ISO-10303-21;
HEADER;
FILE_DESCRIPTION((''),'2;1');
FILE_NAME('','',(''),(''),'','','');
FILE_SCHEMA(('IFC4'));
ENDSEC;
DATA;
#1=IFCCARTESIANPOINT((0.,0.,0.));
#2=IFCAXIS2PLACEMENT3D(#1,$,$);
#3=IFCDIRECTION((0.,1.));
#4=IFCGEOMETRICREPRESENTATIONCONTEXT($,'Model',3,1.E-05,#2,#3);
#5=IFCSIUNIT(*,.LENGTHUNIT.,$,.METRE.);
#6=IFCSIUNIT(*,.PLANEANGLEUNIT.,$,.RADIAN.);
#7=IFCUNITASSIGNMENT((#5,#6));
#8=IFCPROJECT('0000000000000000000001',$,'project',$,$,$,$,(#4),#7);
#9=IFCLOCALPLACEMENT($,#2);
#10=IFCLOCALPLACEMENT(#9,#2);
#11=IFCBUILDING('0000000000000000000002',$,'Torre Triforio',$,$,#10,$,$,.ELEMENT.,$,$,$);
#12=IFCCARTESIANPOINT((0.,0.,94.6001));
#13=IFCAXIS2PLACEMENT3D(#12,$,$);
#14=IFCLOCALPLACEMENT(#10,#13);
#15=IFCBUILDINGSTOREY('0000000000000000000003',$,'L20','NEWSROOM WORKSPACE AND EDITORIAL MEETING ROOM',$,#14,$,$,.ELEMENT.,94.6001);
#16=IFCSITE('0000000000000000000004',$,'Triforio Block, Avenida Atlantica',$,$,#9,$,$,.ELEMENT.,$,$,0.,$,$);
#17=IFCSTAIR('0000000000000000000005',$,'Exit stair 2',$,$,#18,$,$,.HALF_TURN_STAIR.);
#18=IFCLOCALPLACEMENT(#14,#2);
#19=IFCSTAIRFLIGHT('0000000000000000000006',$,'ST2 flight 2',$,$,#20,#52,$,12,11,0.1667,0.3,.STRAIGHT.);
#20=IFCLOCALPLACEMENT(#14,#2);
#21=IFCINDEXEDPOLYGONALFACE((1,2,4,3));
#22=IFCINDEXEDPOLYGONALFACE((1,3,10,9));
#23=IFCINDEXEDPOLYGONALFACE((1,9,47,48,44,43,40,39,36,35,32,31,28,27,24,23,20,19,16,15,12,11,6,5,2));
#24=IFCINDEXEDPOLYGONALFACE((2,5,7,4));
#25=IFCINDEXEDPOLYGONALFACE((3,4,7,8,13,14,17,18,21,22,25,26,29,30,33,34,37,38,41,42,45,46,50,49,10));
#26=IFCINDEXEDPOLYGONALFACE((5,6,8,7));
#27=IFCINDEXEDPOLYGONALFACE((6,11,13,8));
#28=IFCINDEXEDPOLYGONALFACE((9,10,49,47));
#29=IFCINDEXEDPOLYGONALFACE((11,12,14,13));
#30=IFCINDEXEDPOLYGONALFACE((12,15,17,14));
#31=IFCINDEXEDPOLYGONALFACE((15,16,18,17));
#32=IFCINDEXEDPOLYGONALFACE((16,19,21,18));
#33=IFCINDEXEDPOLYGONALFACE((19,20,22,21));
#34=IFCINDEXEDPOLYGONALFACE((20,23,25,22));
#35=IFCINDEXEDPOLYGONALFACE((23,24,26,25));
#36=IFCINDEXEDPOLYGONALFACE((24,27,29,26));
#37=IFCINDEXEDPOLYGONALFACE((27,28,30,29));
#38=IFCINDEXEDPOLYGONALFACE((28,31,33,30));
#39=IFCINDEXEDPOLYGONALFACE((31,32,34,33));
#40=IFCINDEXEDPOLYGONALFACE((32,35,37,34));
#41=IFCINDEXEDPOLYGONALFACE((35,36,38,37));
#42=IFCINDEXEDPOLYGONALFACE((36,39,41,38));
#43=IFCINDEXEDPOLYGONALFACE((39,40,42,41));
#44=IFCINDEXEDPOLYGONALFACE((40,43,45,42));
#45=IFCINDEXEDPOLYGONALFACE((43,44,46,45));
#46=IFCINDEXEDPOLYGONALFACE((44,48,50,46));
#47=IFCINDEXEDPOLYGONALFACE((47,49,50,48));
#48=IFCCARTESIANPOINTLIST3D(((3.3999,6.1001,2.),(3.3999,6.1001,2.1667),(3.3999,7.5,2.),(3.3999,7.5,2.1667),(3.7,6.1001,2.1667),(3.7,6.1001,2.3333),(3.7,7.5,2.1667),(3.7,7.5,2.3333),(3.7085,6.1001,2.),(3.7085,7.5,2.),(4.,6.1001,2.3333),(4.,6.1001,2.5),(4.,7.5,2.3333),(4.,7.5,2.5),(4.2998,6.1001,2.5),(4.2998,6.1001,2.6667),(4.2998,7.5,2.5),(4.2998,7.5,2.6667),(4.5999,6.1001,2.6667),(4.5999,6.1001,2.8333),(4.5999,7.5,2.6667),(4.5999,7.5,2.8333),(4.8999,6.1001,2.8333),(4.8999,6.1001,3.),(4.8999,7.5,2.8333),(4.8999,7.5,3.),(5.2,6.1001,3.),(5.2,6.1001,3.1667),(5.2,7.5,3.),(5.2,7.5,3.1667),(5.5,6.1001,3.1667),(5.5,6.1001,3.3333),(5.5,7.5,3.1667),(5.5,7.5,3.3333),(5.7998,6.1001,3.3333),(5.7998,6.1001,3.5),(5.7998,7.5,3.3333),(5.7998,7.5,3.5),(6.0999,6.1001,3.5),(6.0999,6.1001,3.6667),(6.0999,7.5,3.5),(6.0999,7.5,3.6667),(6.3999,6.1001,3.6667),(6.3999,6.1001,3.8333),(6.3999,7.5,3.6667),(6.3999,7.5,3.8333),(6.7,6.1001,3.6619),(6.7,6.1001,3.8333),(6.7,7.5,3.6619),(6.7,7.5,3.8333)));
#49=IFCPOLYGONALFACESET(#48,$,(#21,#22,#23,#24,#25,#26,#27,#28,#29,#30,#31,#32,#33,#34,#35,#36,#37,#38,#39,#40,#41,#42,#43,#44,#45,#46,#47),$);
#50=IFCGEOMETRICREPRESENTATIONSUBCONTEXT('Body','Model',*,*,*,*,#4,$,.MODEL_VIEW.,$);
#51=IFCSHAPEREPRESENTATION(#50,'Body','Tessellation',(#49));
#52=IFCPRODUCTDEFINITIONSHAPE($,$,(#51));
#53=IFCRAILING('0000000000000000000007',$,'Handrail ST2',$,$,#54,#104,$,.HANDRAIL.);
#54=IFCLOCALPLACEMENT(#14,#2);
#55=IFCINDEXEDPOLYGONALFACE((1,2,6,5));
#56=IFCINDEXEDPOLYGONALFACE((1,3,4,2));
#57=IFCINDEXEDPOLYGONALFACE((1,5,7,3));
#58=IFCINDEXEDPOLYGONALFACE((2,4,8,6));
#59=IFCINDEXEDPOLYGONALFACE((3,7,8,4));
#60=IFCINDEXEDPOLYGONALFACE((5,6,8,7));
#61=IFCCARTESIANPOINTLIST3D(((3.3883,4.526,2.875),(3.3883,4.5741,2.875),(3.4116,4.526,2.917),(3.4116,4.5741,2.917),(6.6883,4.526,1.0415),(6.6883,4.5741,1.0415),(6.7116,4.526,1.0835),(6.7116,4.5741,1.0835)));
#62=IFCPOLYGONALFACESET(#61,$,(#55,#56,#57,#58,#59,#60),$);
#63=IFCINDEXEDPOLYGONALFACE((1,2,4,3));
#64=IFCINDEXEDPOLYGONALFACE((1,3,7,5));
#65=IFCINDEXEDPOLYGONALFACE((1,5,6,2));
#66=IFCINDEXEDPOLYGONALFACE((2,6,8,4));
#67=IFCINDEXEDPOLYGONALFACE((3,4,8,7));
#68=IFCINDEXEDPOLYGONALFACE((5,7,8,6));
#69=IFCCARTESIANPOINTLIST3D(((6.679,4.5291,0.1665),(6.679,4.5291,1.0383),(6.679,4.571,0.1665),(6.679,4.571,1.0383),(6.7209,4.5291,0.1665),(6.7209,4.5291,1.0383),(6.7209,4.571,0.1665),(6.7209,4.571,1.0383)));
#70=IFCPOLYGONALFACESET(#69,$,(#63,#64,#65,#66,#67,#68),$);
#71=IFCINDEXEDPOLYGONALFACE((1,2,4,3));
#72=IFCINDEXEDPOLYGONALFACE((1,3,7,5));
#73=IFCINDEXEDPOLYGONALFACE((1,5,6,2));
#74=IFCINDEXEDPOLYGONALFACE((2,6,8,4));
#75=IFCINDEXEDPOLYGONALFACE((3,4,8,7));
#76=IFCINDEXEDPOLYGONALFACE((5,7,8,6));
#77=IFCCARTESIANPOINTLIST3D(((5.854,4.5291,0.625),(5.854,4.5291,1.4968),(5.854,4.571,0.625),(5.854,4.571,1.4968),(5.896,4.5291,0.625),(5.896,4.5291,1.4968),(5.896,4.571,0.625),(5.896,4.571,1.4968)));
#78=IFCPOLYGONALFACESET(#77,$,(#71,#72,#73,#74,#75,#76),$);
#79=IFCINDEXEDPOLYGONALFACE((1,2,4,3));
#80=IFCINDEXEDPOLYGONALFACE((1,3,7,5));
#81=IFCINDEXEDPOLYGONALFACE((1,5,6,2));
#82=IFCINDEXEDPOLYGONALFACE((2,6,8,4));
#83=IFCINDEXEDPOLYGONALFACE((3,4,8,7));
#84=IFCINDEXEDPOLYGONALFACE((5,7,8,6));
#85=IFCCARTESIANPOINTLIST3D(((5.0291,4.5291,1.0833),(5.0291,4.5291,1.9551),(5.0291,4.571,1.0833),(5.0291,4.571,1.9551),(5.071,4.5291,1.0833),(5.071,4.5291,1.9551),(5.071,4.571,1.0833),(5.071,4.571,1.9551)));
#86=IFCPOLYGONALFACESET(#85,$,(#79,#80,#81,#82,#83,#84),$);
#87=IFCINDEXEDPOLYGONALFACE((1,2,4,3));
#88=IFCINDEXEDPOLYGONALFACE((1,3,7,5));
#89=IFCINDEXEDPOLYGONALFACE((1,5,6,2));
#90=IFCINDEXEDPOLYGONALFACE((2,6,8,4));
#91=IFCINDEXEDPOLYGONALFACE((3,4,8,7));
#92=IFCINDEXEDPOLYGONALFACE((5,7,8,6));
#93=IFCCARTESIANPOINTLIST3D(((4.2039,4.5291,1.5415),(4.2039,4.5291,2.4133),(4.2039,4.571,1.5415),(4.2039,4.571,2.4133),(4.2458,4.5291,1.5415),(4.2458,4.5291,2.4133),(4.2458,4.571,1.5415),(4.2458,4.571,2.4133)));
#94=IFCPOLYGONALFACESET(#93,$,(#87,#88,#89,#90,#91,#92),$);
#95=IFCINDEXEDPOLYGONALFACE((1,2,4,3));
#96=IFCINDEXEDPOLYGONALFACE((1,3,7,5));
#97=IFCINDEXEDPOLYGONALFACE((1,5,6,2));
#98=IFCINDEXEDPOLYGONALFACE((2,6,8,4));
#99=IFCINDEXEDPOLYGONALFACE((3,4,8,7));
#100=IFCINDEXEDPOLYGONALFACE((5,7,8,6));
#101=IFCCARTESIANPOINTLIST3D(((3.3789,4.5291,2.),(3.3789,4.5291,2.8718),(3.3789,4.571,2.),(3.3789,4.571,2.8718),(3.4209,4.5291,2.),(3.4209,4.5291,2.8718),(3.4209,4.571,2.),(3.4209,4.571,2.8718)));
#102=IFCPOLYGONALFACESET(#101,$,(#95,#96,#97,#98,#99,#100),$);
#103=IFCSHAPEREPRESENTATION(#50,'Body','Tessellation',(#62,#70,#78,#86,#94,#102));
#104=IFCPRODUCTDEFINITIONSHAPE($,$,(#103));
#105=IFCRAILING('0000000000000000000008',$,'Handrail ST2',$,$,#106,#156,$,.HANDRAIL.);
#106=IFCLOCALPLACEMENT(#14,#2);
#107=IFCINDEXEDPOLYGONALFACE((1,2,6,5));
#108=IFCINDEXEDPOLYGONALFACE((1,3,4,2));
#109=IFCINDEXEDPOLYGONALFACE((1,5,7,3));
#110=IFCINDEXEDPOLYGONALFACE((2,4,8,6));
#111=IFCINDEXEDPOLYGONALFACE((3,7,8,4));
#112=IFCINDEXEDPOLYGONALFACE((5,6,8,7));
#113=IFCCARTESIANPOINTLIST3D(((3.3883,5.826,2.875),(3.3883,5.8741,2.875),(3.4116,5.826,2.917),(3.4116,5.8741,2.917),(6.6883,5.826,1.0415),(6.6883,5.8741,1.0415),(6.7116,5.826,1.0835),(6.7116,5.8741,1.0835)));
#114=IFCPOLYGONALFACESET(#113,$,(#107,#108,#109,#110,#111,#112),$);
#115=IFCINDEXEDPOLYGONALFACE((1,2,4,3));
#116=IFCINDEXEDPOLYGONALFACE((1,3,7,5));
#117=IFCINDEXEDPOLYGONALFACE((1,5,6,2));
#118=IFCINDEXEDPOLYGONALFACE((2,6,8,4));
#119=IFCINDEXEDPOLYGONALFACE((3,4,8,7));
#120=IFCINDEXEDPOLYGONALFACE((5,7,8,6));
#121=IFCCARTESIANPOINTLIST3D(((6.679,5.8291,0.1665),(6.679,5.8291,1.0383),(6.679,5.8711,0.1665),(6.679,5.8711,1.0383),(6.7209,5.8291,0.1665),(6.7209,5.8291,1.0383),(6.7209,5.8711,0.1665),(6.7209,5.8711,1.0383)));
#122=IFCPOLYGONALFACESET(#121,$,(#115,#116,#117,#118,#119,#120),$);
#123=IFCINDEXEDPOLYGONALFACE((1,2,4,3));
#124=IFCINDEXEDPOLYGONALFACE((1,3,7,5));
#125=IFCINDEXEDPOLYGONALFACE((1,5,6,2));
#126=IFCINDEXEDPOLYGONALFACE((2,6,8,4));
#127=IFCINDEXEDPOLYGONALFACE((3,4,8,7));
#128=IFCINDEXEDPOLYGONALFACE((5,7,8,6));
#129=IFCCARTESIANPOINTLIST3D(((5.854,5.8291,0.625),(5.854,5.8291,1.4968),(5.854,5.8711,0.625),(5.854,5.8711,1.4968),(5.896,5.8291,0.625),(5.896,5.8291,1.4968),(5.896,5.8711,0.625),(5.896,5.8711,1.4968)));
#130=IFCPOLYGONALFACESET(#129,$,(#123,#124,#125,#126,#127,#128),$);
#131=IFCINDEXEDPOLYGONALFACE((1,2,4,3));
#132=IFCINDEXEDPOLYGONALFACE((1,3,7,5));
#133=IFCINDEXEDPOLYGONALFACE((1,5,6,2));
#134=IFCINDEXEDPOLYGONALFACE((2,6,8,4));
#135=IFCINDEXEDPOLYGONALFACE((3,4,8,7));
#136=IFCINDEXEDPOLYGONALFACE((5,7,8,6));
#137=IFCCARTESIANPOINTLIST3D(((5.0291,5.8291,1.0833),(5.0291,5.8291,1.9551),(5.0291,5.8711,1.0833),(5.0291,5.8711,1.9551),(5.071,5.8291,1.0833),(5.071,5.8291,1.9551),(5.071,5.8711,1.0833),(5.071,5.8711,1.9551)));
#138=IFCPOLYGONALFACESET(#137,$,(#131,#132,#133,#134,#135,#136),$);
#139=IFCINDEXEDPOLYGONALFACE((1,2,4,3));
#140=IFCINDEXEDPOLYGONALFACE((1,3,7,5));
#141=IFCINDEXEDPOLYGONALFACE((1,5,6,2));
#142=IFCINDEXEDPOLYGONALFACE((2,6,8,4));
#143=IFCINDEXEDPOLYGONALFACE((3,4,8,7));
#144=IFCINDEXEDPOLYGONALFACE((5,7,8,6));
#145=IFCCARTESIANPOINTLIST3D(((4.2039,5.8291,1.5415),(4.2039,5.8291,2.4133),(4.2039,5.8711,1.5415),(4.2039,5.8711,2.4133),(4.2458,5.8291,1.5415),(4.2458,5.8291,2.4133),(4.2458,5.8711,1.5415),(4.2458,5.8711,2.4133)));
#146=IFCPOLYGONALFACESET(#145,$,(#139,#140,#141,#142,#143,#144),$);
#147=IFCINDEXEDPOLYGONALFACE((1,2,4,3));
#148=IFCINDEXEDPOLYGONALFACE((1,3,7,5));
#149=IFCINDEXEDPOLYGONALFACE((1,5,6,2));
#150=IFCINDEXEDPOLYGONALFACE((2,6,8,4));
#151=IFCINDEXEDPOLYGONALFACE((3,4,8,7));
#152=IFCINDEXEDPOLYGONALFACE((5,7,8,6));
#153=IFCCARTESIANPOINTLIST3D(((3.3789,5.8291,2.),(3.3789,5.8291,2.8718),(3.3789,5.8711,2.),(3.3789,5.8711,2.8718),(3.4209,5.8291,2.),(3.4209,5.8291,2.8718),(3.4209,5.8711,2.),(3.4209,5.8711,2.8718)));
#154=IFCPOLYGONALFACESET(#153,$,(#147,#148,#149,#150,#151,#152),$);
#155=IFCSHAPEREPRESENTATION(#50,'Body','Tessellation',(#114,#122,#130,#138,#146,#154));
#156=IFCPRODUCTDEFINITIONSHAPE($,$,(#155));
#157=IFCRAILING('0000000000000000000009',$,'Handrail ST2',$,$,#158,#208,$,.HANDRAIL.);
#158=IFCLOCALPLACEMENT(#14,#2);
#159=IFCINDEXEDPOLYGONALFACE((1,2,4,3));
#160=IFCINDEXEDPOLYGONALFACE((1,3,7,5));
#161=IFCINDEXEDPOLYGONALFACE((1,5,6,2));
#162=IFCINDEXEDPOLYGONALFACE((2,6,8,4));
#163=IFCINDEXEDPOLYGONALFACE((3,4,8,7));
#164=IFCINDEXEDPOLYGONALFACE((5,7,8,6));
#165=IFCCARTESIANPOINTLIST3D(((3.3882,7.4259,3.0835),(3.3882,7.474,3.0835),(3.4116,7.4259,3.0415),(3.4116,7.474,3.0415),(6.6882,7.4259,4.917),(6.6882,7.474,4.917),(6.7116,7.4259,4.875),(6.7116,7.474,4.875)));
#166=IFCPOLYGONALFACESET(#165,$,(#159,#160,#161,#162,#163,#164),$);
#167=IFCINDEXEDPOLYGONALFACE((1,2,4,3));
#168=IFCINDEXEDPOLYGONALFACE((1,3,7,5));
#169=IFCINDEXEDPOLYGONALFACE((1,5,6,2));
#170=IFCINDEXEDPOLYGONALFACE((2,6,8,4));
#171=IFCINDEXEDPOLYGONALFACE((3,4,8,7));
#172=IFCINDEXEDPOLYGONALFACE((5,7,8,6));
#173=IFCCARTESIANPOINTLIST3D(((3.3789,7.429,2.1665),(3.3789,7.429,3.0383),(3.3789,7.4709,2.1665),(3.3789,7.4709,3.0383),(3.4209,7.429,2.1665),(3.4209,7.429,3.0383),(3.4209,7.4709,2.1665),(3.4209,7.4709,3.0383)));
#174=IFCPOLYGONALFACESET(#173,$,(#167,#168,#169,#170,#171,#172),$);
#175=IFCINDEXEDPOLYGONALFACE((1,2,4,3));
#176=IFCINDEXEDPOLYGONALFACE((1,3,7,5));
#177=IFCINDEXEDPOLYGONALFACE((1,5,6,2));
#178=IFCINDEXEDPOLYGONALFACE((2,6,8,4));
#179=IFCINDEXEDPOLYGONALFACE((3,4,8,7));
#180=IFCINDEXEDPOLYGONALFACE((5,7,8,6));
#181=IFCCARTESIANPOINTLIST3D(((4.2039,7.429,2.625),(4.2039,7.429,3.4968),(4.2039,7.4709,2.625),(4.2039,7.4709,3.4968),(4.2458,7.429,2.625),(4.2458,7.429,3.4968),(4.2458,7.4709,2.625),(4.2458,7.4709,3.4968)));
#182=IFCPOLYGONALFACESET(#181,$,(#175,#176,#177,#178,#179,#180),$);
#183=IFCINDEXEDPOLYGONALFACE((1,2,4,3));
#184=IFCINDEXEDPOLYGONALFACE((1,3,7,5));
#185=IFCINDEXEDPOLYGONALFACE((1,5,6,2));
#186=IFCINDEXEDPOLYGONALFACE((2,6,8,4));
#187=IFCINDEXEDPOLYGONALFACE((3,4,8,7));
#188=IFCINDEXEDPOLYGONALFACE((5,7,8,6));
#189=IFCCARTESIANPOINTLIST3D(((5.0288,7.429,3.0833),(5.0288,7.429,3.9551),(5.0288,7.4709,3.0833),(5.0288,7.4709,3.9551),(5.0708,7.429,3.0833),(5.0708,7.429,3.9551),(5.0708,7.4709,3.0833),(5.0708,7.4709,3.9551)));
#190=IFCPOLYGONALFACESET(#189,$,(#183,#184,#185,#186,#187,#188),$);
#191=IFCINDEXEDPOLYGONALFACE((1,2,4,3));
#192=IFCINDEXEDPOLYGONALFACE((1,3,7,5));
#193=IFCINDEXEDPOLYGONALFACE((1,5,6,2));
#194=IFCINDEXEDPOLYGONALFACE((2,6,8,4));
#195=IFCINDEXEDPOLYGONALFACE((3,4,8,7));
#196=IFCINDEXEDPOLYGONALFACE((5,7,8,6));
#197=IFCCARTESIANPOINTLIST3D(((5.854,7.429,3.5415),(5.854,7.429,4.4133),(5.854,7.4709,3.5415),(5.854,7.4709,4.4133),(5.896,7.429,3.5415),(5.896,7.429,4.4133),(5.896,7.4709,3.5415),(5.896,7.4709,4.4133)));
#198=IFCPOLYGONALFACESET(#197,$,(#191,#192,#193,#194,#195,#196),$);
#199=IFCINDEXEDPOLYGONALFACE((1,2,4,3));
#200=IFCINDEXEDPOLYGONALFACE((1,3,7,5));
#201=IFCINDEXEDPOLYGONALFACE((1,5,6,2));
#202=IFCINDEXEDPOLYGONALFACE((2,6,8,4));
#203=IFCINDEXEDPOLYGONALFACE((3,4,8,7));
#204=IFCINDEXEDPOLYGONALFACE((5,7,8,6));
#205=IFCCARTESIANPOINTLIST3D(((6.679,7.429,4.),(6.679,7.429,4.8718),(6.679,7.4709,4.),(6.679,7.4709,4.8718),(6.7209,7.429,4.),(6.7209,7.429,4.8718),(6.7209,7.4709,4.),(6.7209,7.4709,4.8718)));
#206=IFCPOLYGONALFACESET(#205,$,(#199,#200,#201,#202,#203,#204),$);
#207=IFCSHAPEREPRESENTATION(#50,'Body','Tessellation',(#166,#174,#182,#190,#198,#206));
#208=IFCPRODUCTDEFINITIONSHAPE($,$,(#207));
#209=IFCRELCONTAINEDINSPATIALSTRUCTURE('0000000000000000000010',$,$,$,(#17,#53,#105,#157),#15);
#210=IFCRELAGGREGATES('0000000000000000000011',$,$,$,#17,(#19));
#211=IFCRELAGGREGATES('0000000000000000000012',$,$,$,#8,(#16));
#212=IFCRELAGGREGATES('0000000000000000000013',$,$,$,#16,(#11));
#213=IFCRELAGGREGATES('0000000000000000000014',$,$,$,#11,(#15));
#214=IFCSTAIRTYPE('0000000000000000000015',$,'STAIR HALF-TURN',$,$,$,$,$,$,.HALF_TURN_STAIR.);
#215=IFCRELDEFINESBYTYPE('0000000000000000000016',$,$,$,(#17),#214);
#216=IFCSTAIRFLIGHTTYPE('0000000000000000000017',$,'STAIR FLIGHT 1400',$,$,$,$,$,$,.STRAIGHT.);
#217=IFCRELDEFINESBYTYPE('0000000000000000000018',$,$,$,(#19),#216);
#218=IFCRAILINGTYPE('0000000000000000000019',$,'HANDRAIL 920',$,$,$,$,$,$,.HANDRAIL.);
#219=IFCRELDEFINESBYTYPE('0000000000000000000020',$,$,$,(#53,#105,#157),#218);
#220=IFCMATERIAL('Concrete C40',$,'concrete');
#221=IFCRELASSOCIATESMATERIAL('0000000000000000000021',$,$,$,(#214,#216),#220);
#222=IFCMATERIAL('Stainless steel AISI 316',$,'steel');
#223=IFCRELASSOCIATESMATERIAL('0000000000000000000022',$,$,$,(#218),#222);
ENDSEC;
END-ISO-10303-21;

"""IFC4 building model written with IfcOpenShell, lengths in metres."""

from ifc_helpers import new_model, si_unit, direction, frame, origin, origin_2d, place, context, subcontext, project, spatial, polyline, rectangle, outline, extrude, material, type_object, element, aggregate, save


model = new_model("IFC4")

# Units and contexts
model_context = context("Model", 3, precision=1e-05, world=origin(), true_north=direction((0.0, 1.0)))
body_context = subcontext(model_context, "Body", "Model", "MODEL_VIEW")
ifc_project = project(units=[si_unit("LENGTHUNIT", "METRE"), si_unit("PLANEANGLEUNIT", "RADIAN")], contexts=[model_context])

# Site, building, storey
site_placement = place(None, origin())
site = spatial("IfcSite", under=ifc_project, at=site_placement, Name="Triforio Block, Avenida Atlantica", CompositionType="ELEMENT", RefElevation=0.0)
building_placement = place(site_placement, origin())
building = spatial("IfcBuilding", under=site, at=building_placement, Name="Torre Triforio", CompositionType="ELEMENT")
storey_placement = place(building_placement, frame((0.0, 0.0, 94.6001)))
storey = spatial("IfcBuildingStorey", under=building, at=storey_placement, Name="L20", Description="NEWSROOM WORKSPACE AND EDITORIAL MEETING ROOM", CompositionType="ELEMENT", Elevation=94.6001)

# Stair
ifc_material_1 = material(Name="Concrete C40", Category="concrete")
stair_type = type_object("IfcStairType", Name="STAIR HALF-TURN", PredefinedType="HALF_TURN_STAIR", material=ifc_material_1)
stair_1_placement = place(storey_placement, origin())
stair_1 = element("IfcStair", 1, at=stair_1_placement, inside=storey, type_object=stair_type, Name="Exit stair 2", PredefinedType="HALF_TURN_STAIR")

# Stair flight
stair_flight_type = type_object("IfcStairFlightType", Name="STAIR FLIGHT 1400", PredefinedType="STRAIGHT", material=ifc_material_1)
stair_flight_1_placement = place(storey_placement, frame((3.3999, 6.8, 2.0), z_axis=(0.0, 0.0, 1.0), x_axis=(1.0, 0.0, 0.0)))
stair_flight_1 = element("IfcStairFlight", 2, at=stair_flight_1_placement, type_object=stair_flight_type, Name="ST2 flight 2", NumberOfRisers=12, NumberOfTreads=11, PredefinedType="STRAIGHT", RiserHeight=0.1667, TreadLength=0.3, context=body_context, shape_type="SweptSolid", body=[
    extrude(outline(polyline([(0.0, 0.0), (0.0, 0.1667), (0.3, 0.1667), (0.3, 0.3333), (0.6001, 0.3333), (0.6001, 0.5), (0.8999, 0.5), (0.8999, 0.6667), (1.2, 0.6667), (1.2, 0.8333), (1.5, 0.8333), (1.5, 1.0), (1.8, 1.0), (1.8, 1.1667), (2.1001, 1.1667), (2.1001, 1.3333), (2.3999, 1.3333), (2.3999, 1.5), (2.7, 1.5), (2.7, 1.6667), (3.0, 1.6667), (3.0, 1.8333), (3.3, 1.8333), (3.3, 2.0), (3.3, 1.6619), (0.3086, 0.0), (0.0, 0.0)])), frame((0.0, 0.7, 0.0), z_axis=(0.0, -1.0, 0.0), x_axis=(1.0, 0.0, 0.0)), (0.0, 0.0, 1.0), 1.3999),
])
aggregate(stair_1, [stair_flight_1])

# Railings
ifc_material_2 = material(Name="Stainless steel AISI 316", Category="steel")
railing_type = type_object("IfcRailingType", Name="HANDRAIL 920", PredefinedType="HANDRAIL", material=ifc_material_2)
for number, where, name in (
    (3, (6.7, 4.55, 0.1665), "Handrail ST2"),
    (4, (6.7, 5.8501, 0.1665), "Handrail ST2"),
):
    element("IfcRailing", number, at=place(storey_placement, frame(where)), inside=storey, type_object=railing_type, Name=name, PredefinedType="HANDRAIL", context=body_context, shape_type="SweptSolid", body=[
        extrude(rectangle(XDim=0.0481, YDim=0.0481, at=origin_2d()), frame((0.0, 0.0, 0.896), z_axis=(-0.874142, 0.0, 0.48567), x_axis=(0.0, -1.0, 0.0)), (0.0, 0.0, 1.0), 3.7751),
        extrude(rectangle(XDim=0.042, YDim=0.042, at=origin_2d()), origin(), (0.0, 0.0, 1.0), 0.8718),
        extrude(rectangle(XDim=0.042, YDim=0.042, at=origin_2d()), frame((-0.825, 0.0, 0.4585)), (0.0, 0.0, 1.0), 0.8718),
        extrude(rectangle(XDim=0.042, YDim=0.042, at=origin_2d()), frame((-1.6499, 0.0, 0.9167)), (0.0, 0.0, 1.0), 0.8718),
        extrude(rectangle(XDim=0.042, YDim=0.042, at=origin_2d()), frame((-2.4751, 0.0, 1.375)), (0.0, 0.0, 1.0), 0.8718),
        extrude(rectangle(XDim=0.042, YDim=0.042, at=origin_2d()), frame((-3.3, 0.0, 1.8335)), (0.0, 0.0, 1.0), 0.8718),
    ])
for number, where, name in (
    (5, (3.3999, 7.45, 2.1665), "Handrail ST2"),
):
    element("IfcRailing", number, at=place(storey_placement, frame(where)), inside=storey, type_object=railing_type, Name=name, PredefinedType="HANDRAIL", context=body_context, shape_type="SweptSolid", body=[
        extrude(rectangle(XDim=0.0481, YDim=0.0481, at=origin_2d()), frame((0.0, 0.0, 0.896), z_axis=(0.874142, 0.0, 0.48567), x_axis=(0.0, 1.0, 0.0)), (0.0, 0.0, 1.0), 3.7751),
        extrude(rectangle(XDim=0.042, YDim=0.042, at=origin_2d()), origin(), (0.0, 0.0, 1.0), 0.8718),
        extrude(rectangle(XDim=0.042, YDim=0.042, at=origin_2d()), frame((0.825, 0.0, 0.4585)), (0.0, 0.0, 1.0), 0.8718),
        extrude(rectangle(XDim=0.042, YDim=0.042, at=origin_2d()), frame((1.6499, 0.0, 0.9167)), (0.0, 0.0, 1.0), 0.8718),
        extrude(rectangle(XDim=0.042, YDim=0.042, at=origin_2d()), frame((2.4751, 0.0, 1.375)), (0.0, 0.0, 1.0), 0.8718),
        extrude(rectangle(XDim=0.042, YDim=0.042, at=origin_2d()), frame((3.3, 0.0, 1.8335)), (0.0, 0.0, 1.0), 0.8718),
    ])

save(model, "model.ifc")
